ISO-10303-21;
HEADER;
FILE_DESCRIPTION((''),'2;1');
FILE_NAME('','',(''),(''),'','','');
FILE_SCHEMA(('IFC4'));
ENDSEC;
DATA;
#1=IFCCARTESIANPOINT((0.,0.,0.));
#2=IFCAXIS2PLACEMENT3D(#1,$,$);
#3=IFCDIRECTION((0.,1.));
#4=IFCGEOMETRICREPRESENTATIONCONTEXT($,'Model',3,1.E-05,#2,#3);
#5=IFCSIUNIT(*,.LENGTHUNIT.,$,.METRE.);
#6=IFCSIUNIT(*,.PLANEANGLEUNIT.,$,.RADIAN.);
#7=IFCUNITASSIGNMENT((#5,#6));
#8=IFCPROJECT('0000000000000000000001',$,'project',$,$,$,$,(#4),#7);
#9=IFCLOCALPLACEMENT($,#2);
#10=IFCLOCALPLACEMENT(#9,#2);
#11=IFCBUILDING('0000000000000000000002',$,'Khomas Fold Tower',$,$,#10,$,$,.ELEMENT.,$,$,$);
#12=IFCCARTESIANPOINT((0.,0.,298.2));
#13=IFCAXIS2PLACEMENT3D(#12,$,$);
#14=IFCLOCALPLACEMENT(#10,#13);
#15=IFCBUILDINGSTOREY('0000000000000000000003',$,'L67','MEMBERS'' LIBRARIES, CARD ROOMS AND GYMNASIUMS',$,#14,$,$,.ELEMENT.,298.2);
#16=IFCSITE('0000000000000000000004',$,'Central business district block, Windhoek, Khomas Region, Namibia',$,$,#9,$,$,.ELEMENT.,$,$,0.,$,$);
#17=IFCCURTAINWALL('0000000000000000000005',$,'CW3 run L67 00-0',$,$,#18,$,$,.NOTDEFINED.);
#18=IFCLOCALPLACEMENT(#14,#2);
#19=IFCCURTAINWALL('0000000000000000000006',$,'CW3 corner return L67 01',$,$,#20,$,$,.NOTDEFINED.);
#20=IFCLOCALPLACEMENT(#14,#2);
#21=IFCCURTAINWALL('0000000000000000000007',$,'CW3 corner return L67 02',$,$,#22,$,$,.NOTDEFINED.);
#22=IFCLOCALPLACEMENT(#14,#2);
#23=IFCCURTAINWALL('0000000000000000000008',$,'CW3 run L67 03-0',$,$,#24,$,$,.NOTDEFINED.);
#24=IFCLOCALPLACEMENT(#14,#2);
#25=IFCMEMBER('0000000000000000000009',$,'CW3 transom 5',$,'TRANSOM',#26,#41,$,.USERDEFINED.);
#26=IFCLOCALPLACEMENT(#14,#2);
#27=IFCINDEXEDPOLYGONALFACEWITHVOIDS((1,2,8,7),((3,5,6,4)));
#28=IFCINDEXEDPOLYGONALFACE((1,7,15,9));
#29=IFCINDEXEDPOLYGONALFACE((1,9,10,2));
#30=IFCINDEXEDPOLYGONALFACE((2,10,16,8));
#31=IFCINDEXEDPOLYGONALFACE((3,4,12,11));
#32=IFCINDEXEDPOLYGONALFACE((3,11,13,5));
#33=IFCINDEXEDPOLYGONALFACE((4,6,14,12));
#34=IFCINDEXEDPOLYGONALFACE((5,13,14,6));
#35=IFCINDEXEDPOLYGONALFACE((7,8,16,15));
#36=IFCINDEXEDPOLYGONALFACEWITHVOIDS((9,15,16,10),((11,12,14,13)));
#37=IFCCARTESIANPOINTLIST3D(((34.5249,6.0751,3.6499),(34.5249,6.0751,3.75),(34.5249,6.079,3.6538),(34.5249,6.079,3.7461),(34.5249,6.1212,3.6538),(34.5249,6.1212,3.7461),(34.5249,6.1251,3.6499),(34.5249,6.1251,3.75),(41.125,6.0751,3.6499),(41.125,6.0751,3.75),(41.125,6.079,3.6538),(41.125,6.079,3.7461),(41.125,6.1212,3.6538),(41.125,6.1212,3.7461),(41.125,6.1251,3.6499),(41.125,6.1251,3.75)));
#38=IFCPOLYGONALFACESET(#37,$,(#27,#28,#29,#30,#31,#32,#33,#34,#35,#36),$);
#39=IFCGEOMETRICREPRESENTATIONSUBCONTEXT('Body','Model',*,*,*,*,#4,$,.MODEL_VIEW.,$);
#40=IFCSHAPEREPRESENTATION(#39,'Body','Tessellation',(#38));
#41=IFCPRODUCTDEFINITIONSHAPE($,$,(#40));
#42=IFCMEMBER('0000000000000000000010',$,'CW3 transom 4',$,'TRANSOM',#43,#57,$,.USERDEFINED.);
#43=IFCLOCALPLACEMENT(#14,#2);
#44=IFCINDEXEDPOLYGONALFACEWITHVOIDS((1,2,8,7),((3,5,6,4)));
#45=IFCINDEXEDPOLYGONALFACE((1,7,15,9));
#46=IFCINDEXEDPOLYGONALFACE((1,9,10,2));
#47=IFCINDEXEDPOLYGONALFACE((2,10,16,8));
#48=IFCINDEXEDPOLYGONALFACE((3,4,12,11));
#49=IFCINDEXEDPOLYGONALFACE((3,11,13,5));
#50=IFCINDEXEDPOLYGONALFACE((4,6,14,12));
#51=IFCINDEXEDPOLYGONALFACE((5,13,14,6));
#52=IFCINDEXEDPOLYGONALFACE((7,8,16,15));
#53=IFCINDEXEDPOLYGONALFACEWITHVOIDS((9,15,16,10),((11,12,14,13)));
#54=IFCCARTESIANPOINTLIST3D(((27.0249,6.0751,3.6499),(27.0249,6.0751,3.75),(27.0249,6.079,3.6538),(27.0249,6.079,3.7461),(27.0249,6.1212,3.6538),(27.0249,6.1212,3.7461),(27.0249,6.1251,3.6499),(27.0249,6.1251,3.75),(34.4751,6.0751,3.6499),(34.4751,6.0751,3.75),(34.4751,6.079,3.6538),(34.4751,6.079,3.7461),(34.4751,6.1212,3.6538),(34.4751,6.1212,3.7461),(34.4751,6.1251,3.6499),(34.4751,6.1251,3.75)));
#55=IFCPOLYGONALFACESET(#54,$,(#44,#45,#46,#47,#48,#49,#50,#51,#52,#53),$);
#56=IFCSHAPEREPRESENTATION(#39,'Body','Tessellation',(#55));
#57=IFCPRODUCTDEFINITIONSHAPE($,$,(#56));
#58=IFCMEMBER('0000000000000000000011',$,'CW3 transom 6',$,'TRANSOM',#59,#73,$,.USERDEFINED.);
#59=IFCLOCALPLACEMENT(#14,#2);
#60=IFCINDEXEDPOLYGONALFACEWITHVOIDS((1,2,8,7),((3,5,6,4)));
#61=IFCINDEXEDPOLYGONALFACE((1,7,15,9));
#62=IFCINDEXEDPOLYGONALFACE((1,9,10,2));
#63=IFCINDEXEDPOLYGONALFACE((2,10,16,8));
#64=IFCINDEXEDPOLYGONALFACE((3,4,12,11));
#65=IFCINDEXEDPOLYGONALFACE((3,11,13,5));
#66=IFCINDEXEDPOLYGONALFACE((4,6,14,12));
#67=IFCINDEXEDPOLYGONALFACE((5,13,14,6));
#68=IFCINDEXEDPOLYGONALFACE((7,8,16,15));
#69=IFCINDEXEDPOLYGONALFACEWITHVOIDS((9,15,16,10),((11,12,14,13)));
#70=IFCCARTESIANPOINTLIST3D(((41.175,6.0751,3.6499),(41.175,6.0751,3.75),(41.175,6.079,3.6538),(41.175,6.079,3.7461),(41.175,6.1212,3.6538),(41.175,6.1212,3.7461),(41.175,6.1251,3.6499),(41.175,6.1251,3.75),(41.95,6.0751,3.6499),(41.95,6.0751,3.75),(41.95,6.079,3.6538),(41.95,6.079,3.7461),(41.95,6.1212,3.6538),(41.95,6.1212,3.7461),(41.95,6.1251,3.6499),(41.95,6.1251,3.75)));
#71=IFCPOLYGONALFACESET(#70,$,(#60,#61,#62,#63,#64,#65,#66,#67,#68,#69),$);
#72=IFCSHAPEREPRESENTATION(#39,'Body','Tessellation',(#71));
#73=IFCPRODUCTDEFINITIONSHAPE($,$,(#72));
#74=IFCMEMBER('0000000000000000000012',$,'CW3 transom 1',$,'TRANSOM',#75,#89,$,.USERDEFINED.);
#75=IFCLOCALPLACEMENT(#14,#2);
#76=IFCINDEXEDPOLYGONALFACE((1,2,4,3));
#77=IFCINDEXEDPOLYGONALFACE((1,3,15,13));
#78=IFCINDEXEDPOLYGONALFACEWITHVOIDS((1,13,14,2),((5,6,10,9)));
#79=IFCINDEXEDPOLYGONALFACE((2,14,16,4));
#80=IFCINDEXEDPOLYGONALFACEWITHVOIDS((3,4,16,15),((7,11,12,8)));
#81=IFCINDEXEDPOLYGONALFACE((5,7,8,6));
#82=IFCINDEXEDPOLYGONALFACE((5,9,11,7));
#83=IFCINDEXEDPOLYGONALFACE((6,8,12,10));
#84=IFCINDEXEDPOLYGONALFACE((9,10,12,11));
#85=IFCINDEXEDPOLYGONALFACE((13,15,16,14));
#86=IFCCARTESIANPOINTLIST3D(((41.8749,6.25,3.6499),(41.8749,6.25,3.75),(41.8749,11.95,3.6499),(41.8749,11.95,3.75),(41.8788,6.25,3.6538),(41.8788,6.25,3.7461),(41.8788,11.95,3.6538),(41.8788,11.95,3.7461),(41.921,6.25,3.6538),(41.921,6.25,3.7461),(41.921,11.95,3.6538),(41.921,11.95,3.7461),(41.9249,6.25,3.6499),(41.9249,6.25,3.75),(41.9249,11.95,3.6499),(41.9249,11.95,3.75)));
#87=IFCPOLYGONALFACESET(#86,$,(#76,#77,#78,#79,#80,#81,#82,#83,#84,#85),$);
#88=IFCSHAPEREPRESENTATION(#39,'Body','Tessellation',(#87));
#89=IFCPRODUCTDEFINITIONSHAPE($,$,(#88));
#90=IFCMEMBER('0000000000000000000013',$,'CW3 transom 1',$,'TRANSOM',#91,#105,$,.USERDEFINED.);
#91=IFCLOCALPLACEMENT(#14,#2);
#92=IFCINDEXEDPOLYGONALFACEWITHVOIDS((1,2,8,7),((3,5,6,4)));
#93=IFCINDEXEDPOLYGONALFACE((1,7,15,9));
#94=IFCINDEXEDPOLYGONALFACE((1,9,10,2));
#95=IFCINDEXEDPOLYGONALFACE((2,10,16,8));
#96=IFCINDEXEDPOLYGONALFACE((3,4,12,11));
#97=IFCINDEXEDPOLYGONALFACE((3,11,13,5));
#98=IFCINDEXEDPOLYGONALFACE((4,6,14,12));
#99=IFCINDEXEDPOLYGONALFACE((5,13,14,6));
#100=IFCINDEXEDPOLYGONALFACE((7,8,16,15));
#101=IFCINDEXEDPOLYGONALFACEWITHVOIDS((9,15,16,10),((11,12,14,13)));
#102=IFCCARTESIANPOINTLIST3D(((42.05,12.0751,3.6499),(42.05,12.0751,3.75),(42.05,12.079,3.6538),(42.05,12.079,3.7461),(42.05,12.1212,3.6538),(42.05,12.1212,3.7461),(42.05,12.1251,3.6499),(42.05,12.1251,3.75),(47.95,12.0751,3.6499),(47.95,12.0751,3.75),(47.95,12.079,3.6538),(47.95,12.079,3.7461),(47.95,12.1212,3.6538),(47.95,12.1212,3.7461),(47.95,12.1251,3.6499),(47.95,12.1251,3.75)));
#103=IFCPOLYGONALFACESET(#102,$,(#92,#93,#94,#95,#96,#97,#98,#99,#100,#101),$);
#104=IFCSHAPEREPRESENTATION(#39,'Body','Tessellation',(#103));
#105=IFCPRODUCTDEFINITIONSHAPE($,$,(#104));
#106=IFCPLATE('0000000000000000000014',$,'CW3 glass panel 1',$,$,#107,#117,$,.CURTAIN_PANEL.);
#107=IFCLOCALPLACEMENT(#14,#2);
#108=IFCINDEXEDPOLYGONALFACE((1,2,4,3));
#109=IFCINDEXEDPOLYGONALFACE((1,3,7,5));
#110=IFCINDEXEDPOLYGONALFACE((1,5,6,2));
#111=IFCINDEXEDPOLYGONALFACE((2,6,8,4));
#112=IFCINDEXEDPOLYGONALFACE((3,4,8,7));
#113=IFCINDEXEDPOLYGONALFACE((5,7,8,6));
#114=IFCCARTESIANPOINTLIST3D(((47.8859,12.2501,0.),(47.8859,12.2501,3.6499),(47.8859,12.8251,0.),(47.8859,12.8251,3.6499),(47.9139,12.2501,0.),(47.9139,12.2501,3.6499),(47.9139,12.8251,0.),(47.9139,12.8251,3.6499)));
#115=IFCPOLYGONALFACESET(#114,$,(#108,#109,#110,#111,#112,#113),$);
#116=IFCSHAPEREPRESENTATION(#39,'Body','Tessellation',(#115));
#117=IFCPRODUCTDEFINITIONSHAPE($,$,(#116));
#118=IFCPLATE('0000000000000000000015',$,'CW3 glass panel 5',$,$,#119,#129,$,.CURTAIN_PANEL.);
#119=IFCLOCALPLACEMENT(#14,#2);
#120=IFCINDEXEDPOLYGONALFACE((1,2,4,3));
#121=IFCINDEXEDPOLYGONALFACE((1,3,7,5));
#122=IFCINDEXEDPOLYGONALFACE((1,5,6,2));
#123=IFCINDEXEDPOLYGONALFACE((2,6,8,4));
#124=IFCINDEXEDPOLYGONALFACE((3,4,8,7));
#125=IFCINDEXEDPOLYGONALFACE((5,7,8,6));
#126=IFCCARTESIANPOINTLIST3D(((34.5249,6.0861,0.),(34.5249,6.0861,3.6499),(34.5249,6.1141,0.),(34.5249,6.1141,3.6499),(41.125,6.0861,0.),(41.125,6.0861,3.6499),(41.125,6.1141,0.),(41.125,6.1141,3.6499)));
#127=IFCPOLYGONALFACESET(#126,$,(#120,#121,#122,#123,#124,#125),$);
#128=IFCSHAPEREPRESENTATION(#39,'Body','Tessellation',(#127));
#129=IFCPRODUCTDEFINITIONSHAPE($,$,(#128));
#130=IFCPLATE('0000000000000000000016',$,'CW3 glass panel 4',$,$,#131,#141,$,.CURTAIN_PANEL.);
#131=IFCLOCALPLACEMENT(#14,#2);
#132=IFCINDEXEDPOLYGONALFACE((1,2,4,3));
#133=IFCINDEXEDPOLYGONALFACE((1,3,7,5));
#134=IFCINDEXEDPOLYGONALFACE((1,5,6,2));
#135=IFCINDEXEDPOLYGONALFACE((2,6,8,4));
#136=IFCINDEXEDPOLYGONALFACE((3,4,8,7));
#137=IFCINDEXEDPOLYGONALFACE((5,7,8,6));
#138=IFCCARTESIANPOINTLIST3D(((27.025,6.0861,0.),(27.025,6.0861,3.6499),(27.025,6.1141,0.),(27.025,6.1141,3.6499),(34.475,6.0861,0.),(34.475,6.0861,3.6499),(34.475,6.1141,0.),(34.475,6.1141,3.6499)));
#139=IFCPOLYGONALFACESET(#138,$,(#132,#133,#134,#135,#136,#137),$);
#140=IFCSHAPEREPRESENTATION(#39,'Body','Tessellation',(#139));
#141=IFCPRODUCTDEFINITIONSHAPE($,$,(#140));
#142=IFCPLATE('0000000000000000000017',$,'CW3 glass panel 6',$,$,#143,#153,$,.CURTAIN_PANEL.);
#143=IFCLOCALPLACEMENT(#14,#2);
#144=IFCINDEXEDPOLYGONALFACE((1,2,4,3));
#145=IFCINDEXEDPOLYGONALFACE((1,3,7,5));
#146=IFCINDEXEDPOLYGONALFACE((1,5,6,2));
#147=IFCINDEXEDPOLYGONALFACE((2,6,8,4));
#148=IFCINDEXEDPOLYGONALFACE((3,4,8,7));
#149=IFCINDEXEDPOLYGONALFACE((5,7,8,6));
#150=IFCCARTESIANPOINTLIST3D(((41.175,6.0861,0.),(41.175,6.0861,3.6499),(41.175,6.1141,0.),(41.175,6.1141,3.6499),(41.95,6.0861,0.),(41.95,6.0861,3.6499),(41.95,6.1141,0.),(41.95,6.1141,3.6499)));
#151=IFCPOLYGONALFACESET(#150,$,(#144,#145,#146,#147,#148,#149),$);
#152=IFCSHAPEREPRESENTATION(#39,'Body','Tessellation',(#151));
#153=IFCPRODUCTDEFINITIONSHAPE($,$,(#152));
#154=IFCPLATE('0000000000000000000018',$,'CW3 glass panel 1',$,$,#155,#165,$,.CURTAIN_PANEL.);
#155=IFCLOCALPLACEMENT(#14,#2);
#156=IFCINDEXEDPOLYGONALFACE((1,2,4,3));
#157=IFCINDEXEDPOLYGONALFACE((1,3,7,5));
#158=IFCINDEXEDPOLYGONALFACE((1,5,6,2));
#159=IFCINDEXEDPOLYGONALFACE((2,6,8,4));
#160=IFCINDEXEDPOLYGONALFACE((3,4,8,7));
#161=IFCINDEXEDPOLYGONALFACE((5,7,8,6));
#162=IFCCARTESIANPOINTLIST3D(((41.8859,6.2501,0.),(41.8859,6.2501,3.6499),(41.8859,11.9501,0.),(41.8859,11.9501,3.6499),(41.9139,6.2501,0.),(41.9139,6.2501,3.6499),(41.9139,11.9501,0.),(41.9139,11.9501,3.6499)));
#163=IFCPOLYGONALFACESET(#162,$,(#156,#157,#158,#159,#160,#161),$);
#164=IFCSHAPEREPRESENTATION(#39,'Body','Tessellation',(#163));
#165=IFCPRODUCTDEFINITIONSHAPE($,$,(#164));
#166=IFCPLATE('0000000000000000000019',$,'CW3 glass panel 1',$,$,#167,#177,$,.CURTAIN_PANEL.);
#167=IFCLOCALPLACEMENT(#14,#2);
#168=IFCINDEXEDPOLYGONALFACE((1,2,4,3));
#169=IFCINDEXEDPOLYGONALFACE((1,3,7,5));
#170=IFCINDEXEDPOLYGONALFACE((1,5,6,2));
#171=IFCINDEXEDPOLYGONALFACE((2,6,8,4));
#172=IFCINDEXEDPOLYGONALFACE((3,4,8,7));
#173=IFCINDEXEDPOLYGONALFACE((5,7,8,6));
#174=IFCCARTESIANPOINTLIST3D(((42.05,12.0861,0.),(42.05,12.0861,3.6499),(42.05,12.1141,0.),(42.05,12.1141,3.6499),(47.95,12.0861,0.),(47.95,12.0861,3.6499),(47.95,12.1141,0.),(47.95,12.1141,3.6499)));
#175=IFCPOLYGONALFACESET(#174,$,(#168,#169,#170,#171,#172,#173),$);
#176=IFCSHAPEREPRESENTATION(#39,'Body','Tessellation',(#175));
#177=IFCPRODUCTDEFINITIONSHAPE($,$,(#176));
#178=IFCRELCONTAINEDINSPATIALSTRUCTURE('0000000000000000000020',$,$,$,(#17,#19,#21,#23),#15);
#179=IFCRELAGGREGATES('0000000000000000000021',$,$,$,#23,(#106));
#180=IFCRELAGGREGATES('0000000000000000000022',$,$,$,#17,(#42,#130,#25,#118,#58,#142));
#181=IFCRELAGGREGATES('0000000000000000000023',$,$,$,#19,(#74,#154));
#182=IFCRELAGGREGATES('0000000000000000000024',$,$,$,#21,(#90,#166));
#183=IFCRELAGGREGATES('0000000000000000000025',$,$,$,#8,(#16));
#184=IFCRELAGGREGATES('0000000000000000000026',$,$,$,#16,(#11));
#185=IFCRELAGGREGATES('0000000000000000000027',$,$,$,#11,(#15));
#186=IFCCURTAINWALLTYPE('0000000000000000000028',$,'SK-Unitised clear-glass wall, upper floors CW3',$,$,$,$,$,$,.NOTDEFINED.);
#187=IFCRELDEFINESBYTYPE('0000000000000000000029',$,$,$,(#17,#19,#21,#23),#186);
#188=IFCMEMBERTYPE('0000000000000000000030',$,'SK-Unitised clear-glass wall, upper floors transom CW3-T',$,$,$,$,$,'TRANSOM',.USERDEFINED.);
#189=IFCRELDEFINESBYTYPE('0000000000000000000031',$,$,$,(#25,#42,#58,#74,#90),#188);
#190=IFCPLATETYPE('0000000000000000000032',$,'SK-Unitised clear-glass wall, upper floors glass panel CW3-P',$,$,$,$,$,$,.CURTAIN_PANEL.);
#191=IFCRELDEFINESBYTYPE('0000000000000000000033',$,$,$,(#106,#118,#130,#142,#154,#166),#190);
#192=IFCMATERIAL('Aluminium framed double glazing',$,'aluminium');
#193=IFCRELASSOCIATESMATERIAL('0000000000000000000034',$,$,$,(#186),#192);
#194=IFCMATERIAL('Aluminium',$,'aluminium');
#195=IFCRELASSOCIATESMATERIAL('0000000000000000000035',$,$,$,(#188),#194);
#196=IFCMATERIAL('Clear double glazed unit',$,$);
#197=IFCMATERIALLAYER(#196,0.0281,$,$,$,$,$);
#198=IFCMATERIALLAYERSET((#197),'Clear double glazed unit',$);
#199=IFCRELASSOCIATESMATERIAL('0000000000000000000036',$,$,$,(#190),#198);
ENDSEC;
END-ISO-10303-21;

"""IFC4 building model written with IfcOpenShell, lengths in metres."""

from ifc_helpers import new_model, si_unit, direction, frame, origin, origin_2d, place, context, subcontext, project, spatial, rectangle, hollow_rectangle, extrude, source, transform, mapped, material, layer, layer_set, material_profile, profile_set, type_object, element, aggregate, save


model = new_model("IFC4")

# Units and contexts
model_context = context("Model", 3, precision=1e-05, world=origin(), true_north=direction((0.0, 1.0)))
body_context = subcontext(model_context, "Body", "Model", "MODEL_VIEW")
ifc_project = project(units=[si_unit("LENGTHUNIT", "METRE"), si_unit("PLANEANGLEUNIT", "RADIAN")], contexts=[model_context])

# Site, building, storey
site_placement = place(None, origin())
site = spatial("IfcSite", under=ifc_project, at=site_placement, Name="Central business district block, Windhoek, Khomas Region, Namibia", CompositionType="ELEMENT", RefElevation=0.0)
building_placement = place(site_placement, origin())
building = spatial("IfcBuilding", under=site, at=building_placement, Name="Khomas Fold Tower", CompositionType="ELEMENT")
storey_placement = place(building_placement, frame((0.0, 0.0, 298.2)))
storey = spatial("IfcBuildingStorey", under=building, at=storey_placement, Name="L67", Description="MEMBERS' LIBRARIES, CARD ROOMS AND GYMNASIUMS", CompositionType="ELEMENT", Elevation=298.2)

# Curtain walls
ifc_material_1 = material(Name="Aluminium framed double glazing", Category="aluminium")
curtain_wall_type = type_object("IfcCurtainWallType", Name="SK-Unitised clear-glass wall, upper floors CW3", PredefinedType="NOTDEFINED", material=ifc_material_1)
curtain_wall_1_placement = place(storey_placement, origin())
curtain_wall_1 = element("IfcCurtainWall", 1, at=curtain_wall_1_placement, inside=storey, type_object=curtain_wall_type, Name="CW3 run L67 00-0", PredefinedType="NOTDEFINED")
curtain_wall_2_placement = place(storey_placement, origin())
curtain_wall_2 = element("IfcCurtainWall", 2, at=curtain_wall_2_placement, inside=storey, type_object=curtain_wall_type, Name="CW3 corner return L67 01", PredefinedType="NOTDEFINED")
curtain_wall_3_placement = place(storey_placement, origin())
curtain_wall_3 = element("IfcCurtainWall", 3, at=curtain_wall_3_placement, inside=storey, type_object=curtain_wall_type, Name="CW3 corner return L67 02", PredefinedType="NOTDEFINED")

# Curtain wall
curtain_wall_4_placement = place(storey_placement, origin())
curtain_wall_4 = element("IfcCurtainWall", 4, at=curtain_wall_4_placement, inside=storey, type_object=curtain_wall_type, Name="CW3 run L67 03-0", PredefinedType="NOTDEFINED")
ifc_material_2 = material(Name="Aluminium", Category="aluminium")
ifc_material_profile_1 = material_profile(ifc_material_2, hollow_rectangle(XDim=0.05, YDim=0.1001, WallThickness=0.0039, at=origin_2d()), Name="SK-Unitised clear-glass wall, upper floors transom CW3-T")
ifc_profile_set_1 = profile_set([ifc_material_profile_1], Name="Aluminium")
member_type_1 = type_object("IfcMemberType", Name="SK-Unitised clear-glass wall, upper floors transom CW3-T", ElementType="TRANSOM", PredefinedType="USERDEFINED", material=ifc_profile_set_1)

# Members
shared_shape_1 = source(origin(), body_context, "Body", "SweptSolid", [
    extrude(hollow_rectangle(XDim=0.05, YDim=0.1001, WallThickness=0.0039, at=origin_2d()), origin(), (0.0, 0.0, 1.0), 6.6001),
])
member_1_placement = place(storey_placement, frame((34.5249, 6.1001, 3.7), z_axis=(1.0, 0.0, 0.0), x_axis=(0.0, 1.0, 0.0)))
member_1 = element("IfcMember", 5, at=member_1_placement, type_object=member_type_1, Name="CW3 transom 5", ObjectType="TRANSOM", PredefinedType="USERDEFINED", context=body_context, shape_type="MappedRepresentation", body=[
    mapped(shared_shape_1, transform((0.0, 0.0, 0.0))),
])
shared_shape_2 = source(origin(), body_context, "Body", "SweptSolid", [
    extrude(hollow_rectangle(XDim=0.05, YDim=0.1001, WallThickness=0.0039, at=origin_2d()), origin(), (0.0, 0.0, 1.0), 7.4502),
])
member_2_placement = place(storey_placement, frame((27.0249, 6.1001, 3.7), z_axis=(1.0, 0.0, 0.0), x_axis=(0.0, 1.0, 0.0)))
member_2 = element("IfcMember", 6, at=member_2_placement, type_object=member_type_1, Name="CW3 transom 4", ObjectType="TRANSOM", PredefinedType="USERDEFINED", context=body_context, shape_type="MappedRepresentation", body=[
    mapped(shared_shape_2, transform((0.0, 0.0, 0.0))),
])
shared_shape_3 = source(origin(), body_context, "Body", "SweptSolid", [
    extrude(hollow_rectangle(XDim=0.05, YDim=0.1001, WallThickness=0.0039, at=origin_2d()), origin(), (0.0, 0.0, 1.0), 0.7749),
])
member_3_placement = place(storey_placement, frame((41.175, 6.1001, 3.7), z_axis=(1.0, 0.0, 0.0), x_axis=(0.0, 1.0, 0.0)))
member_3 = element("IfcMember", 7, at=member_3_placement, type_object=member_type_1, Name="CW3 transom 6", ObjectType="TRANSOM", PredefinedType="USERDEFINED", context=body_context, shape_type="MappedRepresentation", body=[
    mapped(shared_shape_3, transform((0.0, 0.0, 0.0))),
])
shared_shape_4 = source(origin(), body_context, "Body", "SweptSolid", [
    extrude(hollow_rectangle(XDim=0.05, YDim=0.1001, WallThickness=0.0039, at=origin_2d()), origin(), (0.0, 0.0, 1.0), 5.7),
])
member_4_placement = place(storey_placement, frame((41.8999, 6.25, 3.7), z_axis=(0.0, 1.0, 0.0), x_axis=(-1.0, 0.0, 0.0)))
member_4 = element("IfcMember", 8, at=member_4_placement, type_object=member_type_1, Name="CW3 transom 1", ObjectType="TRANSOM", PredefinedType="USERDEFINED", context=body_context, shape_type="MappedRepresentation", body=[
    mapped(shared_shape_4, transform((0.0, 0.0, 0.0))),
])
shared_shape_5 = source(origin(), body_context, "Body", "SweptSolid", [
    extrude(hollow_rectangle(XDim=0.05, YDim=0.1001, WallThickness=0.0039, at=origin_2d()), origin(), (0.0, 0.0, 1.0), 5.8999),
])
member_5_placement = place(storey_placement, frame((42.05, 12.1001, 3.7), z_axis=(1.0, 0.0, 0.0), x_axis=(0.0, 1.0, 0.0)))
member_5 = element("IfcMember", 9, at=member_5_placement, type_object=member_type_1, Name="CW3 transom 1", ObjectType="TRANSOM", PredefinedType="USERDEFINED", context=body_context, shape_type="MappedRepresentation", body=[
    mapped(shared_shape_5, transform((0.0, 0.0, 0.0))),
])

# Plates
ifc_material_3 = material(Name="Clear double glazed unit")
ifc_layer_1 = layer(ifc_material_3, 0.0281)
ifc_layer_set_1 = layer_set([ifc_layer_1], Name="Clear double glazed unit")
plate_type = type_object("IfcPlateType", Name="SK-Unitised clear-glass wall, upper floors glass panel CW3-P", PredefinedType="CURTAIN_PANEL", material=ifc_layer_set_1)
shared_shape_6 = source(origin(), body_context, "Body", "SweptSolid", [
    extrude(rectangle(XDim=0.575, YDim=0.0281, at=origin_2d()), origin(), (0.0, 0.0, 1.0), 3.6499),
])
plate_1_placement = place(storey_placement, frame((47.8999, 12.5376, 0.0), z_axis=(0.0, 0.0, 1.0), x_axis=(0.0, 1.0, 0.0)))
plate_1 = element("IfcPlate", 10, at=plate_1_placement, type_object=plate_type, Name="CW3 glass panel 1", PredefinedType="CURTAIN_PANEL", context=body_context, shape_type="MappedRepresentation", body=[
    mapped(shared_shape_6, transform((0.0, 0.0, 0.0))),
])
aggregate(curtain_wall_4, [plate_1])
shared_shape_7 = source(origin(), body_context, "Body", "SweptSolid", [
    extrude(rectangle(XDim=6.6001, YDim=0.0281, at=origin_2d()), origin(), (0.0, 0.0, 1.0), 3.6499),
])
plate_2_placement = place(storey_placement, frame((37.825, 6.1001, 0.0), z_axis=(0.0, 0.0, 1.0), x_axis=(1.0, 0.0, 0.0)))
plate_2 = element("IfcPlate", 11, at=plate_2_placement, type_object=plate_type, Name="CW3 glass panel 5", PredefinedType="CURTAIN_PANEL", context=body_context, shape_type="MappedRepresentation", body=[
    mapped(shared_shape_7, transform((0.0, 0.0, 0.0))),
])
shared_shape_8 = source(origin(), body_context, "Body", "SweptSolid", [
    extrude(rectangle(XDim=7.45, YDim=0.0281, at=origin_2d()), origin(), (0.0, 0.0, 1.0), 3.6499),
])
plate_3_placement = place(storey_placement, frame((30.75, 6.1001, 0.0), z_axis=(0.0, 0.0, 1.0), x_axis=(1.0, 0.0, 0.0)))
plate_3 = element("IfcPlate", 12, at=plate_3_placement, type_object=plate_type, Name="CW3 glass panel 4", PredefinedType="CURTAIN_PANEL", context=body_context, shape_type="MappedRepresentation", body=[
    mapped(shared_shape_8, transform((0.0, 0.0, 0.0))),
])
shared_shape_9 = source(origin(), body_context, "Body", "SweptSolid", [
    extrude(rectangle(XDim=0.7749, YDim=0.0281, at=origin_2d()), origin(), (0.0, 0.0, 1.0), 3.6499),
])
plate_4_placement = place(storey_placement, frame((41.5625, 6.1001, 0.0), z_axis=(0.0, 0.0, 1.0), x_axis=(1.0, 0.0, 0.0)))
plate_4 = element("IfcPlate", 13, at=plate_4_placement, type_object=plate_type, Name="CW3 glass panel 6", PredefinedType="CURTAIN_PANEL", context=body_context, shape_type="MappedRepresentation", body=[
    mapped(shared_shape_9, transform((0.0, 0.0, 0.0))),
])
aggregate(curtain_wall_1, [member_2, plate_3, member_1, plate_2, member_3, plate_4])
shared_shape_10 = source(origin(), body_context, "Body", "SweptSolid", [
    extrude(rectangle(XDim=5.7, YDim=0.0281, at=origin_2d()), origin(), (0.0, 0.0, 1.0), 3.6499),
])
plate_5_placement = place(storey_placement, frame((41.8999, 9.1001, 0.0), z_axis=(0.0, 0.0, 1.0), x_axis=(0.0, 1.0, 0.0)))
plate_5 = element("IfcPlate", 14, at=plate_5_placement, type_object=plate_type, Name="CW3 glass panel 1", PredefinedType="CURTAIN_PANEL", context=body_context, shape_type="MappedRepresentation", body=[
    mapped(shared_shape_10, transform((0.0, 0.0, 0.0))),
])
aggregate(curtain_wall_2, [member_4, plate_5])
shared_shape_11 = source(origin(), body_context, "Body", "SweptSolid", [
    extrude(rectangle(XDim=5.8999, YDim=0.0281, at=origin_2d()), origin(), (0.0, 0.0, 1.0), 3.6499),
])
plate_6_placement = place(storey_placement, frame((45.0, 12.1001, 0.0), z_axis=(0.0, 0.0, 1.0), x_axis=(1.0, 0.0, 0.0)))
plate_6 = element("IfcPlate", 15, at=plate_6_placement, type_object=plate_type, Name="CW3 glass panel 1", PredefinedType="CURTAIN_PANEL", context=body_context, shape_type="MappedRepresentation", body=[
    mapped(shared_shape_11, transform((0.0, 0.0, 0.0))),
])
aggregate(curtain_wall_3, [member_5, plate_6])

save(model, "model.ifc")
